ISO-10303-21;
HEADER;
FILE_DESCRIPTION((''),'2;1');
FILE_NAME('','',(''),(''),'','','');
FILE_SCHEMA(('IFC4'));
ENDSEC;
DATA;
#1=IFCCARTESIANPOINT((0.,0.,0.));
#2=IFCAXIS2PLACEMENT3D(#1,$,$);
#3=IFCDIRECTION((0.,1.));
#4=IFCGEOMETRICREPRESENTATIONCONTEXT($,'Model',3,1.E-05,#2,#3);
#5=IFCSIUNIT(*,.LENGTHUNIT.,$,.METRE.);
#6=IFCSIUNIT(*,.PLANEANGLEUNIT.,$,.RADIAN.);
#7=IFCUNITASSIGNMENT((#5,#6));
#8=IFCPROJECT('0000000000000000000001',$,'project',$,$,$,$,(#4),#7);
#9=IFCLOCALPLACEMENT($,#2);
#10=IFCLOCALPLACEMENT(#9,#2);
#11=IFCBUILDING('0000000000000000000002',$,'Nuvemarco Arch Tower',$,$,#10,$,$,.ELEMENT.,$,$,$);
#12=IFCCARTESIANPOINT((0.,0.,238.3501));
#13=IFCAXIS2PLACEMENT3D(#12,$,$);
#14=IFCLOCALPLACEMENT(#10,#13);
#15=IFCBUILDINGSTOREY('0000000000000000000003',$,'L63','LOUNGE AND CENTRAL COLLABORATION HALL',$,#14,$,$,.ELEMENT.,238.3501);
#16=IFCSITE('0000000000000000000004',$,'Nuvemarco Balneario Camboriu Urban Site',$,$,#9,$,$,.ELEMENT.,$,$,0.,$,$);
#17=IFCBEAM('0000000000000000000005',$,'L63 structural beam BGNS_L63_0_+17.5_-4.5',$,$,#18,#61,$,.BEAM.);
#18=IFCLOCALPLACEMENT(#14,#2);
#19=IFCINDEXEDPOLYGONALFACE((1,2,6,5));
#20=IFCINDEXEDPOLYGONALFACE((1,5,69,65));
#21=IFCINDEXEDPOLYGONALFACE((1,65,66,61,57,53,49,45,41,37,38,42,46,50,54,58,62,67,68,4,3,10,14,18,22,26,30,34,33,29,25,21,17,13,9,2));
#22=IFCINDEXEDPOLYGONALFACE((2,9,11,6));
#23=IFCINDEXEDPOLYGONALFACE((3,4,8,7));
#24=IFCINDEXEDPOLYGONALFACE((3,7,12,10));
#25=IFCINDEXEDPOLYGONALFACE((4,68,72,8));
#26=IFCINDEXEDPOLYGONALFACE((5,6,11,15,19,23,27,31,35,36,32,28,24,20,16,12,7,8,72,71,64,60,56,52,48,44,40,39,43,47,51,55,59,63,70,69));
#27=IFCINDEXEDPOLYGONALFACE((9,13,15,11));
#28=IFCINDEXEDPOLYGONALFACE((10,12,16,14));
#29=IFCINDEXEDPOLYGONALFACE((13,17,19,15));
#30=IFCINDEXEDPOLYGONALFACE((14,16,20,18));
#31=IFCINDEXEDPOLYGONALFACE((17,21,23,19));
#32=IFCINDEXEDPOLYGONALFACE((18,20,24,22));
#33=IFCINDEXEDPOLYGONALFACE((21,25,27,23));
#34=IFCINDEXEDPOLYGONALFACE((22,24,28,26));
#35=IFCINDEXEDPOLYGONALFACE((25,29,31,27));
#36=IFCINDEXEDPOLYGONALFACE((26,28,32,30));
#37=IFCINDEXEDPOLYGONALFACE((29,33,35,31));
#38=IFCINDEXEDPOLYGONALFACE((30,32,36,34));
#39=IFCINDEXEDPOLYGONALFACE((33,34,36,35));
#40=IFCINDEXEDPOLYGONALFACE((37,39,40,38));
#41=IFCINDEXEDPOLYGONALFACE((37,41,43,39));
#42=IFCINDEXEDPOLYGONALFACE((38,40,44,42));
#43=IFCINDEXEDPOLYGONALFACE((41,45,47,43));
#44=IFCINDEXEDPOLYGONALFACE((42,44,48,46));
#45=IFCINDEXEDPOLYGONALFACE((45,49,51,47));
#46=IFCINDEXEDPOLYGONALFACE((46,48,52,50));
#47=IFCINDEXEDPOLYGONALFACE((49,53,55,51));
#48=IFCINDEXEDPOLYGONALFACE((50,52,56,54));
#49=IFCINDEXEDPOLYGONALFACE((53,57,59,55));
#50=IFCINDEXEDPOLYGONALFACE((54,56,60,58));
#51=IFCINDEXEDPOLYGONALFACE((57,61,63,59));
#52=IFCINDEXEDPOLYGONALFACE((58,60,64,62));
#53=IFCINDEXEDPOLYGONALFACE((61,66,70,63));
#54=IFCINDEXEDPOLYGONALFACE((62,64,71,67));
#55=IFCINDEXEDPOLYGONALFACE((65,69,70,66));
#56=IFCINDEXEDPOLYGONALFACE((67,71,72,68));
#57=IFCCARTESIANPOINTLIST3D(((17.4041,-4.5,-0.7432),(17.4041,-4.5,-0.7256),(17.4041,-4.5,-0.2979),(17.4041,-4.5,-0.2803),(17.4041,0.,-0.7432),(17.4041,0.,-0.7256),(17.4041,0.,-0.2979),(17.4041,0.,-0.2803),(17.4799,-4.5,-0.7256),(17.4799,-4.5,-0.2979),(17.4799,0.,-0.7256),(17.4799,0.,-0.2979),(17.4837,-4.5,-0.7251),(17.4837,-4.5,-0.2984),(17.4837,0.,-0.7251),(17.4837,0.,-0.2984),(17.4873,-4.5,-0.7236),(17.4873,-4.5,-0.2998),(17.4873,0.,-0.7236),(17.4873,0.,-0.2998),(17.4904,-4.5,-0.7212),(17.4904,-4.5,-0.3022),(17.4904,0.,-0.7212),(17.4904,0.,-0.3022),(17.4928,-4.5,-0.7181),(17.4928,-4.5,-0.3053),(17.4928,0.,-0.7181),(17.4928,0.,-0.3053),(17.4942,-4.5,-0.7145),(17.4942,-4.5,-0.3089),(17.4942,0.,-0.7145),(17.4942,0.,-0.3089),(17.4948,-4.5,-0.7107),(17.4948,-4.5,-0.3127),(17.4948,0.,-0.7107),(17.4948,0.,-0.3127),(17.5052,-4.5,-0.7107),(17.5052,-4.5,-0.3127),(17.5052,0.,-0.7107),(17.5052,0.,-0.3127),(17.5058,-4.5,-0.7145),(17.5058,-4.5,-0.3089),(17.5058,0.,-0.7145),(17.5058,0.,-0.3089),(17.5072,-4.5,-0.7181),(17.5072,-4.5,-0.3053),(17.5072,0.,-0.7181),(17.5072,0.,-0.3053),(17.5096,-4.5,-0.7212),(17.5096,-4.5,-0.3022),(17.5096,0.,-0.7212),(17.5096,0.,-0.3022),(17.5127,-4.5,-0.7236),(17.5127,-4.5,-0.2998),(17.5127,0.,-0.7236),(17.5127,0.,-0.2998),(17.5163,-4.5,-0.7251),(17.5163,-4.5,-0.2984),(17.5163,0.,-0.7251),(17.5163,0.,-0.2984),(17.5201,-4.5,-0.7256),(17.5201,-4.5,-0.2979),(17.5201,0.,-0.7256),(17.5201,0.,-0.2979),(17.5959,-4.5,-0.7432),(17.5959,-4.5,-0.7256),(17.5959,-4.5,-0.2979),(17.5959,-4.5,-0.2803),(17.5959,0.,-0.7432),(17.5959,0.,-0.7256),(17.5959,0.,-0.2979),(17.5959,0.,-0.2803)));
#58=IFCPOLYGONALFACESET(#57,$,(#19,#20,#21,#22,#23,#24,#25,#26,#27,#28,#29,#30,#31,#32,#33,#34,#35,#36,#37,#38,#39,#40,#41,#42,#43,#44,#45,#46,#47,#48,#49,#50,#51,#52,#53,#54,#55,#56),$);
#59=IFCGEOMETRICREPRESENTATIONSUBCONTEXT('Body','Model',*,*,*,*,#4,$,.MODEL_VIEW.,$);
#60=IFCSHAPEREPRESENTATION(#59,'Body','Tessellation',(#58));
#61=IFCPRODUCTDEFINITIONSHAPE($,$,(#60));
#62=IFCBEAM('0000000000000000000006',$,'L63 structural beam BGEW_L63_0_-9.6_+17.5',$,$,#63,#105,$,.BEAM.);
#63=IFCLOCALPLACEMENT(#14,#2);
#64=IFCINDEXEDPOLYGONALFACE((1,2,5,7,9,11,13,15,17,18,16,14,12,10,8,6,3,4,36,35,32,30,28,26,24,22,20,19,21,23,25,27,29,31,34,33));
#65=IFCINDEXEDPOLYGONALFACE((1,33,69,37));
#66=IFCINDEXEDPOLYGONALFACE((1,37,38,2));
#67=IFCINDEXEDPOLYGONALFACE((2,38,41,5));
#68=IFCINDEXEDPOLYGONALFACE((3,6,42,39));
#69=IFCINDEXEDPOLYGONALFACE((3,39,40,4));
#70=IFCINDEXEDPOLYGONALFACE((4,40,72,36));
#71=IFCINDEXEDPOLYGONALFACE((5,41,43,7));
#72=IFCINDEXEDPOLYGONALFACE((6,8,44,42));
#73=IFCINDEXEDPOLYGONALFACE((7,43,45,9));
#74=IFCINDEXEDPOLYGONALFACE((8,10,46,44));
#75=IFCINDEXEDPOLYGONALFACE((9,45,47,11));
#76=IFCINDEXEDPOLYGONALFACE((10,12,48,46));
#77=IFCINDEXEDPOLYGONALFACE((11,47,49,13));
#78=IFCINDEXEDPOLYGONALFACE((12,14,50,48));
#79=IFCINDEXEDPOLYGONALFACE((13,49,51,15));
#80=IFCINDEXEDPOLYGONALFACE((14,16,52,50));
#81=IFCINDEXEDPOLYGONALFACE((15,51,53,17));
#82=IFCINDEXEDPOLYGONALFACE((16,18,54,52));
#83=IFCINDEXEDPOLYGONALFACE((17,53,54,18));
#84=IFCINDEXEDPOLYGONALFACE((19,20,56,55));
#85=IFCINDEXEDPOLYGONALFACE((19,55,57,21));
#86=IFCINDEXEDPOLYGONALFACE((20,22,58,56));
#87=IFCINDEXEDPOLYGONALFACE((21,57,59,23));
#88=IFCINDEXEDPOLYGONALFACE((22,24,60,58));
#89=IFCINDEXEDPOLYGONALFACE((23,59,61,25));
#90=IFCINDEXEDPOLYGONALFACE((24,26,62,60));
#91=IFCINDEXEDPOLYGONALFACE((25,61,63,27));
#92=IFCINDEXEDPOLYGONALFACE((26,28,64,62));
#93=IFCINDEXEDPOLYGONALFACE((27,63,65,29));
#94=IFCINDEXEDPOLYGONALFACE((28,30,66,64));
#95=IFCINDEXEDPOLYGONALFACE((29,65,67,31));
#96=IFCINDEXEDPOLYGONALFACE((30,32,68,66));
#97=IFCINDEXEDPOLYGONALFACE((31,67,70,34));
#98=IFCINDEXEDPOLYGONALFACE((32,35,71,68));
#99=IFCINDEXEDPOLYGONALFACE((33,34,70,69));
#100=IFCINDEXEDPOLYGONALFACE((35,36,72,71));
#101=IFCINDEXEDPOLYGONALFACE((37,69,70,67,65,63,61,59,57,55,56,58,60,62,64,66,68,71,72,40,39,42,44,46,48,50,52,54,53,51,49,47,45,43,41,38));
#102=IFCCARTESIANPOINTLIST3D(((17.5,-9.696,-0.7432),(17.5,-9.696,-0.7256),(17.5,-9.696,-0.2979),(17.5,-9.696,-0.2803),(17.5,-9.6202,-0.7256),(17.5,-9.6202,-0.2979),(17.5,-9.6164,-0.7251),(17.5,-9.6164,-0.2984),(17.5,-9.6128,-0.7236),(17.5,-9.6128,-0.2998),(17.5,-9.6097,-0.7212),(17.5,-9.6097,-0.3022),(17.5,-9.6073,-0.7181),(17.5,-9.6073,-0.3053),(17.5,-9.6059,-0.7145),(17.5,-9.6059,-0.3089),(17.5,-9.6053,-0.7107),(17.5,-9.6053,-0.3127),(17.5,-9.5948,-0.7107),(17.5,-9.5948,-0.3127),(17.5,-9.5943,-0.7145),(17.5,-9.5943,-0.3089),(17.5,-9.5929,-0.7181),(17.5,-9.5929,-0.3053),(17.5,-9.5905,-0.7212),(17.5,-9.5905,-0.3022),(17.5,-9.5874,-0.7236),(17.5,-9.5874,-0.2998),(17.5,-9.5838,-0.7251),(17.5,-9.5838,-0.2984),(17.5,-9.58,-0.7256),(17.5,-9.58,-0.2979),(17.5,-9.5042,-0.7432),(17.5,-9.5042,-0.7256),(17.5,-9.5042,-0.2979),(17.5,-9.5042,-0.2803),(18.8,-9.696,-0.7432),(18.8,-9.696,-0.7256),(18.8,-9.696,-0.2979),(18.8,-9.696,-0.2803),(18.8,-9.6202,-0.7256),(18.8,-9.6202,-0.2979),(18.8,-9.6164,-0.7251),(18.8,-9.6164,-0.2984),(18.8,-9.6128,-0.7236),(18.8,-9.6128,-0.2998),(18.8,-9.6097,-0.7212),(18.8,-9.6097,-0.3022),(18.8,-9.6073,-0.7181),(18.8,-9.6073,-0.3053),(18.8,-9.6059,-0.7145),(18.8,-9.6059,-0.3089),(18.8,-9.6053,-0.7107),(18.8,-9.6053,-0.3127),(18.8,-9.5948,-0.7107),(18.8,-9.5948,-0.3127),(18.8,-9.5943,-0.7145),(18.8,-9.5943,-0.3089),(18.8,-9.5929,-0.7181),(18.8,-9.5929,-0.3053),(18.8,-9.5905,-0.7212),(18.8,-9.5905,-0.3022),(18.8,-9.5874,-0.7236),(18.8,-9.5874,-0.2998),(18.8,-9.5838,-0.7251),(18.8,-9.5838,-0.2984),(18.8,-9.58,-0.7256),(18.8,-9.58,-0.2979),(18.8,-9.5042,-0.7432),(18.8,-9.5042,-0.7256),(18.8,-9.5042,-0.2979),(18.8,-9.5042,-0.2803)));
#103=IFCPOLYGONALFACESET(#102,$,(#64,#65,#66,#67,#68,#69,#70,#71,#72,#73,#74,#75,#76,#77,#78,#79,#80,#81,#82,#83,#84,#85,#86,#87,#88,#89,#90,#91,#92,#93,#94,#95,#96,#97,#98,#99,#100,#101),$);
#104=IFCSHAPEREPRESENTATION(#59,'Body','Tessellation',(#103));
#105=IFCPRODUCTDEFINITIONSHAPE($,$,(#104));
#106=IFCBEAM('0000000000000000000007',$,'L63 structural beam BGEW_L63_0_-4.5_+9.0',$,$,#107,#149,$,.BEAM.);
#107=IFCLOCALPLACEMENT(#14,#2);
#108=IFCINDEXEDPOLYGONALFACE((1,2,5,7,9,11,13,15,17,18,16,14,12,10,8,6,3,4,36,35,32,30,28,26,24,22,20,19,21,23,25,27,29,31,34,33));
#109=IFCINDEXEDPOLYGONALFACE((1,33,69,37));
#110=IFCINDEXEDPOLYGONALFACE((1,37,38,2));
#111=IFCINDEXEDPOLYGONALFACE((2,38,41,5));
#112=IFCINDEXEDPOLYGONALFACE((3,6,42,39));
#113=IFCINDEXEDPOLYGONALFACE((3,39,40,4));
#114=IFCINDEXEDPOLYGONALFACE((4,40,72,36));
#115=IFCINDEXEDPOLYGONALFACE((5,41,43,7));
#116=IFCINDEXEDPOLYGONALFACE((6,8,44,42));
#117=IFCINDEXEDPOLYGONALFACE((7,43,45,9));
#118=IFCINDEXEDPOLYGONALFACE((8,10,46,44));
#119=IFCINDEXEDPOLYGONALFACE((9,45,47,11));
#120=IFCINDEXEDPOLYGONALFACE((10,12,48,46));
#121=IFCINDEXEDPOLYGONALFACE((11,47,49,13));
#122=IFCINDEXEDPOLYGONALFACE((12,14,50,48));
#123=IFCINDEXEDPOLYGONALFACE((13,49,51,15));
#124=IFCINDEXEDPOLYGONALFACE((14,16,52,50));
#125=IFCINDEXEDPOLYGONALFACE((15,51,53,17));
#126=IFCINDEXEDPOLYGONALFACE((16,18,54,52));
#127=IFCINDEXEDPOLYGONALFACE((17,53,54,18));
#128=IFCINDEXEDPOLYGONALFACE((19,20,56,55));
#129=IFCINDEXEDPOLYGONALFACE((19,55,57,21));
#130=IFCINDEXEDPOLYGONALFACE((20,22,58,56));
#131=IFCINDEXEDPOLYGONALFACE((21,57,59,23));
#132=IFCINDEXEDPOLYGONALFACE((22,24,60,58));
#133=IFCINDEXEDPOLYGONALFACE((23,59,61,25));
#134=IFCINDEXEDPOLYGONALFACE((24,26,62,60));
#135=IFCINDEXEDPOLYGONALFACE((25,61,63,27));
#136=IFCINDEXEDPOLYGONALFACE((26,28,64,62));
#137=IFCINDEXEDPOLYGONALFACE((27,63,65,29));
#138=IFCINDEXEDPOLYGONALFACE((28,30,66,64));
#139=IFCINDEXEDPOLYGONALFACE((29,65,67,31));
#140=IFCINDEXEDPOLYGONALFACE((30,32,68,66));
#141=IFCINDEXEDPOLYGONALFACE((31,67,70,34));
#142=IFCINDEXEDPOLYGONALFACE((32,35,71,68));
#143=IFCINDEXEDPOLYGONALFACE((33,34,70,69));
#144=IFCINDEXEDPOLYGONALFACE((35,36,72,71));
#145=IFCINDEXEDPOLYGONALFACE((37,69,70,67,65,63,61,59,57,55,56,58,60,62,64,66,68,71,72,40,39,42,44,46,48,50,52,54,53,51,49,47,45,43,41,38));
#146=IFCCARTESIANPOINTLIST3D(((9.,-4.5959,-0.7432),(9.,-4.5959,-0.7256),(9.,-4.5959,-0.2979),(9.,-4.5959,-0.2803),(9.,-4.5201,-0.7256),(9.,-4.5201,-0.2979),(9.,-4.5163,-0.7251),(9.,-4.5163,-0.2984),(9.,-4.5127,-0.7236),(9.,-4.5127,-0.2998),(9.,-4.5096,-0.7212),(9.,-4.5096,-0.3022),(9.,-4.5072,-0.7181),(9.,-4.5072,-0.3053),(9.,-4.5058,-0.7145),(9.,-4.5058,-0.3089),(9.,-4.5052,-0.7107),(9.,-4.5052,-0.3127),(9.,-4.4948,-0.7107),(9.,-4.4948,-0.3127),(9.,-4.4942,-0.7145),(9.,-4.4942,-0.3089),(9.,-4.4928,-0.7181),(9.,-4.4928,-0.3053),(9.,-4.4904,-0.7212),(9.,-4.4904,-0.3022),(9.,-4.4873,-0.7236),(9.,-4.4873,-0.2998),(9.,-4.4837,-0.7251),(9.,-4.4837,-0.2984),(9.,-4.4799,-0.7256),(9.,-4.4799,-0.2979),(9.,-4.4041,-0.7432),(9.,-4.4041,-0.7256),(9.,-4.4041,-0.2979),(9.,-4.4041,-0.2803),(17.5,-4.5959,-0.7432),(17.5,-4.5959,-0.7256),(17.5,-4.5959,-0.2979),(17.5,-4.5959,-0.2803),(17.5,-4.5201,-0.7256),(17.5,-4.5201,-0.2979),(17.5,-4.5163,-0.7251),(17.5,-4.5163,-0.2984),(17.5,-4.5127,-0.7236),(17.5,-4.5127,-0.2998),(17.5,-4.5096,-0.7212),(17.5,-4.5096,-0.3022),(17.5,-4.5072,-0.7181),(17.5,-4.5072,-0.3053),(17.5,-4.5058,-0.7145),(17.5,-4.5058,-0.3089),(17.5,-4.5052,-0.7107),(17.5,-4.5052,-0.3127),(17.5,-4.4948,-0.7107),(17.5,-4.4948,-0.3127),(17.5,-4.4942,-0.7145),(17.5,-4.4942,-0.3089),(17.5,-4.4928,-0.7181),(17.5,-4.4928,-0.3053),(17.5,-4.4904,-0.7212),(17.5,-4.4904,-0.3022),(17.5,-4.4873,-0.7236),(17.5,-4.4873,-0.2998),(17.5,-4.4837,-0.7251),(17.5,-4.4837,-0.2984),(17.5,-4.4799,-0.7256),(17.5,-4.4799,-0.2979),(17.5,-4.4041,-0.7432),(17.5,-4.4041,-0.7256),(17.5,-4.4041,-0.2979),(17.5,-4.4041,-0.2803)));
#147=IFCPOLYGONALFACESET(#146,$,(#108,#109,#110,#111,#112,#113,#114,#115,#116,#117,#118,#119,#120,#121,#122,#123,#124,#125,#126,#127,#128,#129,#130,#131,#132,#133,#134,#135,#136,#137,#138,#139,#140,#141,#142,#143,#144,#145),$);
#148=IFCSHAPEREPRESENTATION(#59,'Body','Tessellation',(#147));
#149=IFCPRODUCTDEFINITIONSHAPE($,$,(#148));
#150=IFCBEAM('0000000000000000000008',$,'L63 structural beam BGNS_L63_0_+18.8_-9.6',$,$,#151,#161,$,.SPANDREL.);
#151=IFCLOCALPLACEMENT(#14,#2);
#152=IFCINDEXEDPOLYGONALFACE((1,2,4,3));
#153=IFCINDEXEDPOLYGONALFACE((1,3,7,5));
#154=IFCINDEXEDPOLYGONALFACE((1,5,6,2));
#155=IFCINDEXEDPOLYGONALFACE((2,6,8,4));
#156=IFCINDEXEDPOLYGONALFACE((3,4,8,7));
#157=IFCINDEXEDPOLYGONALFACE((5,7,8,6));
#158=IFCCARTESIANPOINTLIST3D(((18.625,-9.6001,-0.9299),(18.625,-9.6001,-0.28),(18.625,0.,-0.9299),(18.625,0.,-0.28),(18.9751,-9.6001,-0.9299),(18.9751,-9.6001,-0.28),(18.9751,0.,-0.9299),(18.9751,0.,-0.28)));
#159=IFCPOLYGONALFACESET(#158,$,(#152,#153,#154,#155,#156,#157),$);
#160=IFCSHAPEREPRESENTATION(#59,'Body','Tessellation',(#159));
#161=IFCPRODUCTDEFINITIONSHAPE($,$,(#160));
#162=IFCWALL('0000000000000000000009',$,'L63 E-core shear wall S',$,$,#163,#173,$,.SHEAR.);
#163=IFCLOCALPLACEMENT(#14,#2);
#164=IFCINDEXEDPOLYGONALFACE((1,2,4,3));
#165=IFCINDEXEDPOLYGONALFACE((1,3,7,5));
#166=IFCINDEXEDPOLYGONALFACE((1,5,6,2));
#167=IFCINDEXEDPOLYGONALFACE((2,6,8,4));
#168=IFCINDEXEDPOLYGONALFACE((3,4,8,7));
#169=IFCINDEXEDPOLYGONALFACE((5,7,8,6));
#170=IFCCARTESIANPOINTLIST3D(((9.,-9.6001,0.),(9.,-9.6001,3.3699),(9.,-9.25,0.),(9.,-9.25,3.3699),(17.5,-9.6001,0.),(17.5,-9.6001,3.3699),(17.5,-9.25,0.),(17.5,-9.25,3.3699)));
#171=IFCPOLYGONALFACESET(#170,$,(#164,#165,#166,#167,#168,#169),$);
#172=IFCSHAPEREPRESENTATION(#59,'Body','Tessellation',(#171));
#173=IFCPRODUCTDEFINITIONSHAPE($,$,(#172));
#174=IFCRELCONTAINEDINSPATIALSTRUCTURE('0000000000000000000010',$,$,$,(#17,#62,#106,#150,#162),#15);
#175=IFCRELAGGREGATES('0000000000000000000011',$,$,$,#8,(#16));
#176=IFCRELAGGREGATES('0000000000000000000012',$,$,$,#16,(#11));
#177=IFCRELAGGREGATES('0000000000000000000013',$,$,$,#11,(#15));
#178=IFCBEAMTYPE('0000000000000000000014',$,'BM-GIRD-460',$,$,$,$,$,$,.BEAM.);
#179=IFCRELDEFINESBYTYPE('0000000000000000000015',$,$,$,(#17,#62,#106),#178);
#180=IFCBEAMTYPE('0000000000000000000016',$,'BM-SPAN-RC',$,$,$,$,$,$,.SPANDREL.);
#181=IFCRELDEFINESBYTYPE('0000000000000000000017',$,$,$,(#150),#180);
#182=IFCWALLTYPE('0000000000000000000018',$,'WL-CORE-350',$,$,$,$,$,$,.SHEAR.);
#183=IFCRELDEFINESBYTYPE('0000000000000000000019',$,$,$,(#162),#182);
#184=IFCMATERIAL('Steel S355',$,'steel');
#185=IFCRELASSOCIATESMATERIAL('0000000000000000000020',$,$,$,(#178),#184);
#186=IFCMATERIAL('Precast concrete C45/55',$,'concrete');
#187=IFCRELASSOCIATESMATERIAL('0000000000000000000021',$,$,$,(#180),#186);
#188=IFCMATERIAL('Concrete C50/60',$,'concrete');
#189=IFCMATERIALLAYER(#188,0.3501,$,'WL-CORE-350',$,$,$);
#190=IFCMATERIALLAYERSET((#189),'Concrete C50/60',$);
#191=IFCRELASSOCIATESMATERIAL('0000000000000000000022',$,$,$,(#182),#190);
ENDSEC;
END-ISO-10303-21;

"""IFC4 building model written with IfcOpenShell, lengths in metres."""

from ifc_helpers import new_model, si_unit, direction, frame, frame_2d, origin, origin_2d, place, context, subcontext, project, spatial, rectangle, i_section, extrude, material, layer, layer_set, material_profile, profile_set, type_object, element, save


model = new_model("IFC4")

# Units and contexts
model_context = context("Model", 3, precision=1e-05, world=origin(), true_north=direction((0.0, 1.0)))
body_context = subcontext(model_context, "Body", "Model", "MODEL_VIEW")
ifc_project = project(units=[si_unit("LENGTHUNIT", "METRE"), si_unit("PLANEANGLEUNIT", "RADIAN")], contexts=[model_context])

# Site, building, storey
site_placement = place(None, origin())
site = spatial("IfcSite", under=ifc_project, at=site_placement, Name="Nuvemarco Balneario Camboriu Urban Site", CompositionType="ELEMENT", RefElevation=0.0)
building_placement = place(site_placement, origin())
building = spatial("IfcBuilding", under=site, at=building_placement, Name="Nuvemarco Arch Tower", CompositionType="ELEMENT")
storey_placement = place(building_placement, frame((0.0, 0.0, 238.3501)))
storey = spatial("IfcBuildingStorey", under=building, at=storey_placement, Name="L63", Description="LOUNGE AND CENTRAL COLLABORATION HALL", CompositionType="ELEMENT", Elevation=238.3501)

# Shared definitions
ifc_material_1 = material(Name="Concrete C50/60", Category="concrete")
ifc_material_2 = material(Name="Steel S355", Category="steel")

# Beams
ifc_material_profile_1 = material_profile(ifc_material_2, i_section(OverallWidth=0.1919, OverallDepth=0.4629, WebThickness=0.0105, FlangeThickness=0.0176, FilletRadius=0.0149, at=origin_2d()), Name="W460x89")
ifc_profile_set_1 = profile_set([ifc_material_profile_1], Name="Steel S355")
beam_type_1 = type_object("IfcBeamType", Name="BM-GIRD-460", PredefinedType="BEAM", material=ifc_profile_set_1)
beam_1_placement = place(storey_placement, frame((17.5, -4.5, -0.5117), z_axis=(0.0, 1.0, 0.0), x_axis=(-1.0, 0.0, 0.0)))
element("IfcBeam", 1, at=beam_1_placement, inside=storey, type_object=beam_type_1, Name="L63 structural beam BGNS_L63_0_+17.5_-4.5", PredefinedType="BEAM", context=body_context, shape_type="SweptSolid", body=[
    extrude(i_section(OverallWidth=0.1919, OverallDepth=0.4629, WebThickness=0.0105, FlangeThickness=0.0176, FilletRadius=0.0149, at=origin_2d()), origin(), (0.0, 0.0, 1.0), 4.5),
])
beam_2_placement = place(storey_placement, frame((17.5, -9.6001, -0.5117), z_axis=(1.0, 0.0, 0.0), x_axis=(0.0, 1.0, 0.0)))
element("IfcBeam", 2, at=beam_2_placement, inside=storey, type_object=beam_type_1, Name="L63 structural beam BGEW_L63_0_-9.6_+17.5", PredefinedType="BEAM", context=body_context, shape_type="SweptSolid", body=[
    extrude(i_section(OverallWidth=0.1919, OverallDepth=0.4629, WebThickness=0.0105, FlangeThickness=0.0176, FilletRadius=0.0149, at=origin_2d()), origin(), (0.0, 0.0, 1.0), 1.3),
])
beam_3_placement = place(storey_placement, frame((9.0, -4.5, -0.5117), z_axis=(1.0, 0.0, 0.0), x_axis=(0.0, 1.0, 0.0)))
element("IfcBeam", 3, at=beam_3_placement, inside=storey, type_object=beam_type_1, Name="L63 structural beam BGEW_L63_0_-4.5_+9.0", PredefinedType="BEAM", context=body_context, shape_type="SweptSolid", body=[
    extrude(i_section(OverallWidth=0.1919, OverallDepth=0.4629, WebThickness=0.0105, FlangeThickness=0.0176, FilletRadius=0.0149, at=origin_2d()), origin(), (0.0, 0.0, 1.0), 8.5),
])
ifc_material_3 = material(Name="Precast concrete C45/55", Category="concrete")
ifc_material_profile_2 = material_profile(ifc_material_3, rectangle(XDim=0.3501, YDim=0.6499, at=origin_2d()), Name="PC-SP-350x650")
ifc_profile_set_2 = profile_set([ifc_material_profile_2], Name="Precast concrete C45/55")
beam_type_2 = type_object("IfcBeamType", Name="BM-SPAN-RC", PredefinedType="SPANDREL", material=ifc_profile_set_2)
beam_4_placement = place(storey_placement, frame((18.8, -9.6001, -0.605), z_axis=(0.0, 1.0, 0.0), x_axis=(-1.0, 0.0, 0.0)))
element("IfcBeam", 4, at=beam_4_placement, inside=storey, type_object=beam_type_2, Name="L63 structural beam BGNS_L63_0_+18.8_-9.6", PredefinedType="SPANDREL", context=body_context, shape_type="SweptSolid", body=[
    extrude(rectangle(XDim=0.3501, YDim=0.6499, at=origin_2d()), origin(), (0.0, 0.0, 1.0), 9.6001),
])

# Wall
ifc_layer_1 = layer(ifc_material_1, 0.3501, Name="WL-CORE-350")
ifc_layer_set_1 = layer_set([ifc_layer_1], Name="Concrete C50/60")
wall_type_1 = type_object("IfcWallType", Name="WL-CORE-350", PredefinedType="SHEAR", material=ifc_layer_set_1)
wall_1_placement = place(storey_placement, frame((9.0, -9.425, 0.0), z_axis=(0.0, 0.0, 1.0), x_axis=(1.0, 0.0, 0.0)))
element("IfcWall", 5, at=wall_1_placement, inside=storey, type_object=wall_type_1, Name="L63 E-core shear wall S", PredefinedType="SHEAR", context=body_context, shape_type="SweptSolid", body=[
    extrude(rectangle(XDim=8.5, YDim=0.3501, at=frame_2d((4.25, 0.0))), origin(), (0.0, 0.0, 1.0), 3.3699),
])

save(model, "model.ifc")
